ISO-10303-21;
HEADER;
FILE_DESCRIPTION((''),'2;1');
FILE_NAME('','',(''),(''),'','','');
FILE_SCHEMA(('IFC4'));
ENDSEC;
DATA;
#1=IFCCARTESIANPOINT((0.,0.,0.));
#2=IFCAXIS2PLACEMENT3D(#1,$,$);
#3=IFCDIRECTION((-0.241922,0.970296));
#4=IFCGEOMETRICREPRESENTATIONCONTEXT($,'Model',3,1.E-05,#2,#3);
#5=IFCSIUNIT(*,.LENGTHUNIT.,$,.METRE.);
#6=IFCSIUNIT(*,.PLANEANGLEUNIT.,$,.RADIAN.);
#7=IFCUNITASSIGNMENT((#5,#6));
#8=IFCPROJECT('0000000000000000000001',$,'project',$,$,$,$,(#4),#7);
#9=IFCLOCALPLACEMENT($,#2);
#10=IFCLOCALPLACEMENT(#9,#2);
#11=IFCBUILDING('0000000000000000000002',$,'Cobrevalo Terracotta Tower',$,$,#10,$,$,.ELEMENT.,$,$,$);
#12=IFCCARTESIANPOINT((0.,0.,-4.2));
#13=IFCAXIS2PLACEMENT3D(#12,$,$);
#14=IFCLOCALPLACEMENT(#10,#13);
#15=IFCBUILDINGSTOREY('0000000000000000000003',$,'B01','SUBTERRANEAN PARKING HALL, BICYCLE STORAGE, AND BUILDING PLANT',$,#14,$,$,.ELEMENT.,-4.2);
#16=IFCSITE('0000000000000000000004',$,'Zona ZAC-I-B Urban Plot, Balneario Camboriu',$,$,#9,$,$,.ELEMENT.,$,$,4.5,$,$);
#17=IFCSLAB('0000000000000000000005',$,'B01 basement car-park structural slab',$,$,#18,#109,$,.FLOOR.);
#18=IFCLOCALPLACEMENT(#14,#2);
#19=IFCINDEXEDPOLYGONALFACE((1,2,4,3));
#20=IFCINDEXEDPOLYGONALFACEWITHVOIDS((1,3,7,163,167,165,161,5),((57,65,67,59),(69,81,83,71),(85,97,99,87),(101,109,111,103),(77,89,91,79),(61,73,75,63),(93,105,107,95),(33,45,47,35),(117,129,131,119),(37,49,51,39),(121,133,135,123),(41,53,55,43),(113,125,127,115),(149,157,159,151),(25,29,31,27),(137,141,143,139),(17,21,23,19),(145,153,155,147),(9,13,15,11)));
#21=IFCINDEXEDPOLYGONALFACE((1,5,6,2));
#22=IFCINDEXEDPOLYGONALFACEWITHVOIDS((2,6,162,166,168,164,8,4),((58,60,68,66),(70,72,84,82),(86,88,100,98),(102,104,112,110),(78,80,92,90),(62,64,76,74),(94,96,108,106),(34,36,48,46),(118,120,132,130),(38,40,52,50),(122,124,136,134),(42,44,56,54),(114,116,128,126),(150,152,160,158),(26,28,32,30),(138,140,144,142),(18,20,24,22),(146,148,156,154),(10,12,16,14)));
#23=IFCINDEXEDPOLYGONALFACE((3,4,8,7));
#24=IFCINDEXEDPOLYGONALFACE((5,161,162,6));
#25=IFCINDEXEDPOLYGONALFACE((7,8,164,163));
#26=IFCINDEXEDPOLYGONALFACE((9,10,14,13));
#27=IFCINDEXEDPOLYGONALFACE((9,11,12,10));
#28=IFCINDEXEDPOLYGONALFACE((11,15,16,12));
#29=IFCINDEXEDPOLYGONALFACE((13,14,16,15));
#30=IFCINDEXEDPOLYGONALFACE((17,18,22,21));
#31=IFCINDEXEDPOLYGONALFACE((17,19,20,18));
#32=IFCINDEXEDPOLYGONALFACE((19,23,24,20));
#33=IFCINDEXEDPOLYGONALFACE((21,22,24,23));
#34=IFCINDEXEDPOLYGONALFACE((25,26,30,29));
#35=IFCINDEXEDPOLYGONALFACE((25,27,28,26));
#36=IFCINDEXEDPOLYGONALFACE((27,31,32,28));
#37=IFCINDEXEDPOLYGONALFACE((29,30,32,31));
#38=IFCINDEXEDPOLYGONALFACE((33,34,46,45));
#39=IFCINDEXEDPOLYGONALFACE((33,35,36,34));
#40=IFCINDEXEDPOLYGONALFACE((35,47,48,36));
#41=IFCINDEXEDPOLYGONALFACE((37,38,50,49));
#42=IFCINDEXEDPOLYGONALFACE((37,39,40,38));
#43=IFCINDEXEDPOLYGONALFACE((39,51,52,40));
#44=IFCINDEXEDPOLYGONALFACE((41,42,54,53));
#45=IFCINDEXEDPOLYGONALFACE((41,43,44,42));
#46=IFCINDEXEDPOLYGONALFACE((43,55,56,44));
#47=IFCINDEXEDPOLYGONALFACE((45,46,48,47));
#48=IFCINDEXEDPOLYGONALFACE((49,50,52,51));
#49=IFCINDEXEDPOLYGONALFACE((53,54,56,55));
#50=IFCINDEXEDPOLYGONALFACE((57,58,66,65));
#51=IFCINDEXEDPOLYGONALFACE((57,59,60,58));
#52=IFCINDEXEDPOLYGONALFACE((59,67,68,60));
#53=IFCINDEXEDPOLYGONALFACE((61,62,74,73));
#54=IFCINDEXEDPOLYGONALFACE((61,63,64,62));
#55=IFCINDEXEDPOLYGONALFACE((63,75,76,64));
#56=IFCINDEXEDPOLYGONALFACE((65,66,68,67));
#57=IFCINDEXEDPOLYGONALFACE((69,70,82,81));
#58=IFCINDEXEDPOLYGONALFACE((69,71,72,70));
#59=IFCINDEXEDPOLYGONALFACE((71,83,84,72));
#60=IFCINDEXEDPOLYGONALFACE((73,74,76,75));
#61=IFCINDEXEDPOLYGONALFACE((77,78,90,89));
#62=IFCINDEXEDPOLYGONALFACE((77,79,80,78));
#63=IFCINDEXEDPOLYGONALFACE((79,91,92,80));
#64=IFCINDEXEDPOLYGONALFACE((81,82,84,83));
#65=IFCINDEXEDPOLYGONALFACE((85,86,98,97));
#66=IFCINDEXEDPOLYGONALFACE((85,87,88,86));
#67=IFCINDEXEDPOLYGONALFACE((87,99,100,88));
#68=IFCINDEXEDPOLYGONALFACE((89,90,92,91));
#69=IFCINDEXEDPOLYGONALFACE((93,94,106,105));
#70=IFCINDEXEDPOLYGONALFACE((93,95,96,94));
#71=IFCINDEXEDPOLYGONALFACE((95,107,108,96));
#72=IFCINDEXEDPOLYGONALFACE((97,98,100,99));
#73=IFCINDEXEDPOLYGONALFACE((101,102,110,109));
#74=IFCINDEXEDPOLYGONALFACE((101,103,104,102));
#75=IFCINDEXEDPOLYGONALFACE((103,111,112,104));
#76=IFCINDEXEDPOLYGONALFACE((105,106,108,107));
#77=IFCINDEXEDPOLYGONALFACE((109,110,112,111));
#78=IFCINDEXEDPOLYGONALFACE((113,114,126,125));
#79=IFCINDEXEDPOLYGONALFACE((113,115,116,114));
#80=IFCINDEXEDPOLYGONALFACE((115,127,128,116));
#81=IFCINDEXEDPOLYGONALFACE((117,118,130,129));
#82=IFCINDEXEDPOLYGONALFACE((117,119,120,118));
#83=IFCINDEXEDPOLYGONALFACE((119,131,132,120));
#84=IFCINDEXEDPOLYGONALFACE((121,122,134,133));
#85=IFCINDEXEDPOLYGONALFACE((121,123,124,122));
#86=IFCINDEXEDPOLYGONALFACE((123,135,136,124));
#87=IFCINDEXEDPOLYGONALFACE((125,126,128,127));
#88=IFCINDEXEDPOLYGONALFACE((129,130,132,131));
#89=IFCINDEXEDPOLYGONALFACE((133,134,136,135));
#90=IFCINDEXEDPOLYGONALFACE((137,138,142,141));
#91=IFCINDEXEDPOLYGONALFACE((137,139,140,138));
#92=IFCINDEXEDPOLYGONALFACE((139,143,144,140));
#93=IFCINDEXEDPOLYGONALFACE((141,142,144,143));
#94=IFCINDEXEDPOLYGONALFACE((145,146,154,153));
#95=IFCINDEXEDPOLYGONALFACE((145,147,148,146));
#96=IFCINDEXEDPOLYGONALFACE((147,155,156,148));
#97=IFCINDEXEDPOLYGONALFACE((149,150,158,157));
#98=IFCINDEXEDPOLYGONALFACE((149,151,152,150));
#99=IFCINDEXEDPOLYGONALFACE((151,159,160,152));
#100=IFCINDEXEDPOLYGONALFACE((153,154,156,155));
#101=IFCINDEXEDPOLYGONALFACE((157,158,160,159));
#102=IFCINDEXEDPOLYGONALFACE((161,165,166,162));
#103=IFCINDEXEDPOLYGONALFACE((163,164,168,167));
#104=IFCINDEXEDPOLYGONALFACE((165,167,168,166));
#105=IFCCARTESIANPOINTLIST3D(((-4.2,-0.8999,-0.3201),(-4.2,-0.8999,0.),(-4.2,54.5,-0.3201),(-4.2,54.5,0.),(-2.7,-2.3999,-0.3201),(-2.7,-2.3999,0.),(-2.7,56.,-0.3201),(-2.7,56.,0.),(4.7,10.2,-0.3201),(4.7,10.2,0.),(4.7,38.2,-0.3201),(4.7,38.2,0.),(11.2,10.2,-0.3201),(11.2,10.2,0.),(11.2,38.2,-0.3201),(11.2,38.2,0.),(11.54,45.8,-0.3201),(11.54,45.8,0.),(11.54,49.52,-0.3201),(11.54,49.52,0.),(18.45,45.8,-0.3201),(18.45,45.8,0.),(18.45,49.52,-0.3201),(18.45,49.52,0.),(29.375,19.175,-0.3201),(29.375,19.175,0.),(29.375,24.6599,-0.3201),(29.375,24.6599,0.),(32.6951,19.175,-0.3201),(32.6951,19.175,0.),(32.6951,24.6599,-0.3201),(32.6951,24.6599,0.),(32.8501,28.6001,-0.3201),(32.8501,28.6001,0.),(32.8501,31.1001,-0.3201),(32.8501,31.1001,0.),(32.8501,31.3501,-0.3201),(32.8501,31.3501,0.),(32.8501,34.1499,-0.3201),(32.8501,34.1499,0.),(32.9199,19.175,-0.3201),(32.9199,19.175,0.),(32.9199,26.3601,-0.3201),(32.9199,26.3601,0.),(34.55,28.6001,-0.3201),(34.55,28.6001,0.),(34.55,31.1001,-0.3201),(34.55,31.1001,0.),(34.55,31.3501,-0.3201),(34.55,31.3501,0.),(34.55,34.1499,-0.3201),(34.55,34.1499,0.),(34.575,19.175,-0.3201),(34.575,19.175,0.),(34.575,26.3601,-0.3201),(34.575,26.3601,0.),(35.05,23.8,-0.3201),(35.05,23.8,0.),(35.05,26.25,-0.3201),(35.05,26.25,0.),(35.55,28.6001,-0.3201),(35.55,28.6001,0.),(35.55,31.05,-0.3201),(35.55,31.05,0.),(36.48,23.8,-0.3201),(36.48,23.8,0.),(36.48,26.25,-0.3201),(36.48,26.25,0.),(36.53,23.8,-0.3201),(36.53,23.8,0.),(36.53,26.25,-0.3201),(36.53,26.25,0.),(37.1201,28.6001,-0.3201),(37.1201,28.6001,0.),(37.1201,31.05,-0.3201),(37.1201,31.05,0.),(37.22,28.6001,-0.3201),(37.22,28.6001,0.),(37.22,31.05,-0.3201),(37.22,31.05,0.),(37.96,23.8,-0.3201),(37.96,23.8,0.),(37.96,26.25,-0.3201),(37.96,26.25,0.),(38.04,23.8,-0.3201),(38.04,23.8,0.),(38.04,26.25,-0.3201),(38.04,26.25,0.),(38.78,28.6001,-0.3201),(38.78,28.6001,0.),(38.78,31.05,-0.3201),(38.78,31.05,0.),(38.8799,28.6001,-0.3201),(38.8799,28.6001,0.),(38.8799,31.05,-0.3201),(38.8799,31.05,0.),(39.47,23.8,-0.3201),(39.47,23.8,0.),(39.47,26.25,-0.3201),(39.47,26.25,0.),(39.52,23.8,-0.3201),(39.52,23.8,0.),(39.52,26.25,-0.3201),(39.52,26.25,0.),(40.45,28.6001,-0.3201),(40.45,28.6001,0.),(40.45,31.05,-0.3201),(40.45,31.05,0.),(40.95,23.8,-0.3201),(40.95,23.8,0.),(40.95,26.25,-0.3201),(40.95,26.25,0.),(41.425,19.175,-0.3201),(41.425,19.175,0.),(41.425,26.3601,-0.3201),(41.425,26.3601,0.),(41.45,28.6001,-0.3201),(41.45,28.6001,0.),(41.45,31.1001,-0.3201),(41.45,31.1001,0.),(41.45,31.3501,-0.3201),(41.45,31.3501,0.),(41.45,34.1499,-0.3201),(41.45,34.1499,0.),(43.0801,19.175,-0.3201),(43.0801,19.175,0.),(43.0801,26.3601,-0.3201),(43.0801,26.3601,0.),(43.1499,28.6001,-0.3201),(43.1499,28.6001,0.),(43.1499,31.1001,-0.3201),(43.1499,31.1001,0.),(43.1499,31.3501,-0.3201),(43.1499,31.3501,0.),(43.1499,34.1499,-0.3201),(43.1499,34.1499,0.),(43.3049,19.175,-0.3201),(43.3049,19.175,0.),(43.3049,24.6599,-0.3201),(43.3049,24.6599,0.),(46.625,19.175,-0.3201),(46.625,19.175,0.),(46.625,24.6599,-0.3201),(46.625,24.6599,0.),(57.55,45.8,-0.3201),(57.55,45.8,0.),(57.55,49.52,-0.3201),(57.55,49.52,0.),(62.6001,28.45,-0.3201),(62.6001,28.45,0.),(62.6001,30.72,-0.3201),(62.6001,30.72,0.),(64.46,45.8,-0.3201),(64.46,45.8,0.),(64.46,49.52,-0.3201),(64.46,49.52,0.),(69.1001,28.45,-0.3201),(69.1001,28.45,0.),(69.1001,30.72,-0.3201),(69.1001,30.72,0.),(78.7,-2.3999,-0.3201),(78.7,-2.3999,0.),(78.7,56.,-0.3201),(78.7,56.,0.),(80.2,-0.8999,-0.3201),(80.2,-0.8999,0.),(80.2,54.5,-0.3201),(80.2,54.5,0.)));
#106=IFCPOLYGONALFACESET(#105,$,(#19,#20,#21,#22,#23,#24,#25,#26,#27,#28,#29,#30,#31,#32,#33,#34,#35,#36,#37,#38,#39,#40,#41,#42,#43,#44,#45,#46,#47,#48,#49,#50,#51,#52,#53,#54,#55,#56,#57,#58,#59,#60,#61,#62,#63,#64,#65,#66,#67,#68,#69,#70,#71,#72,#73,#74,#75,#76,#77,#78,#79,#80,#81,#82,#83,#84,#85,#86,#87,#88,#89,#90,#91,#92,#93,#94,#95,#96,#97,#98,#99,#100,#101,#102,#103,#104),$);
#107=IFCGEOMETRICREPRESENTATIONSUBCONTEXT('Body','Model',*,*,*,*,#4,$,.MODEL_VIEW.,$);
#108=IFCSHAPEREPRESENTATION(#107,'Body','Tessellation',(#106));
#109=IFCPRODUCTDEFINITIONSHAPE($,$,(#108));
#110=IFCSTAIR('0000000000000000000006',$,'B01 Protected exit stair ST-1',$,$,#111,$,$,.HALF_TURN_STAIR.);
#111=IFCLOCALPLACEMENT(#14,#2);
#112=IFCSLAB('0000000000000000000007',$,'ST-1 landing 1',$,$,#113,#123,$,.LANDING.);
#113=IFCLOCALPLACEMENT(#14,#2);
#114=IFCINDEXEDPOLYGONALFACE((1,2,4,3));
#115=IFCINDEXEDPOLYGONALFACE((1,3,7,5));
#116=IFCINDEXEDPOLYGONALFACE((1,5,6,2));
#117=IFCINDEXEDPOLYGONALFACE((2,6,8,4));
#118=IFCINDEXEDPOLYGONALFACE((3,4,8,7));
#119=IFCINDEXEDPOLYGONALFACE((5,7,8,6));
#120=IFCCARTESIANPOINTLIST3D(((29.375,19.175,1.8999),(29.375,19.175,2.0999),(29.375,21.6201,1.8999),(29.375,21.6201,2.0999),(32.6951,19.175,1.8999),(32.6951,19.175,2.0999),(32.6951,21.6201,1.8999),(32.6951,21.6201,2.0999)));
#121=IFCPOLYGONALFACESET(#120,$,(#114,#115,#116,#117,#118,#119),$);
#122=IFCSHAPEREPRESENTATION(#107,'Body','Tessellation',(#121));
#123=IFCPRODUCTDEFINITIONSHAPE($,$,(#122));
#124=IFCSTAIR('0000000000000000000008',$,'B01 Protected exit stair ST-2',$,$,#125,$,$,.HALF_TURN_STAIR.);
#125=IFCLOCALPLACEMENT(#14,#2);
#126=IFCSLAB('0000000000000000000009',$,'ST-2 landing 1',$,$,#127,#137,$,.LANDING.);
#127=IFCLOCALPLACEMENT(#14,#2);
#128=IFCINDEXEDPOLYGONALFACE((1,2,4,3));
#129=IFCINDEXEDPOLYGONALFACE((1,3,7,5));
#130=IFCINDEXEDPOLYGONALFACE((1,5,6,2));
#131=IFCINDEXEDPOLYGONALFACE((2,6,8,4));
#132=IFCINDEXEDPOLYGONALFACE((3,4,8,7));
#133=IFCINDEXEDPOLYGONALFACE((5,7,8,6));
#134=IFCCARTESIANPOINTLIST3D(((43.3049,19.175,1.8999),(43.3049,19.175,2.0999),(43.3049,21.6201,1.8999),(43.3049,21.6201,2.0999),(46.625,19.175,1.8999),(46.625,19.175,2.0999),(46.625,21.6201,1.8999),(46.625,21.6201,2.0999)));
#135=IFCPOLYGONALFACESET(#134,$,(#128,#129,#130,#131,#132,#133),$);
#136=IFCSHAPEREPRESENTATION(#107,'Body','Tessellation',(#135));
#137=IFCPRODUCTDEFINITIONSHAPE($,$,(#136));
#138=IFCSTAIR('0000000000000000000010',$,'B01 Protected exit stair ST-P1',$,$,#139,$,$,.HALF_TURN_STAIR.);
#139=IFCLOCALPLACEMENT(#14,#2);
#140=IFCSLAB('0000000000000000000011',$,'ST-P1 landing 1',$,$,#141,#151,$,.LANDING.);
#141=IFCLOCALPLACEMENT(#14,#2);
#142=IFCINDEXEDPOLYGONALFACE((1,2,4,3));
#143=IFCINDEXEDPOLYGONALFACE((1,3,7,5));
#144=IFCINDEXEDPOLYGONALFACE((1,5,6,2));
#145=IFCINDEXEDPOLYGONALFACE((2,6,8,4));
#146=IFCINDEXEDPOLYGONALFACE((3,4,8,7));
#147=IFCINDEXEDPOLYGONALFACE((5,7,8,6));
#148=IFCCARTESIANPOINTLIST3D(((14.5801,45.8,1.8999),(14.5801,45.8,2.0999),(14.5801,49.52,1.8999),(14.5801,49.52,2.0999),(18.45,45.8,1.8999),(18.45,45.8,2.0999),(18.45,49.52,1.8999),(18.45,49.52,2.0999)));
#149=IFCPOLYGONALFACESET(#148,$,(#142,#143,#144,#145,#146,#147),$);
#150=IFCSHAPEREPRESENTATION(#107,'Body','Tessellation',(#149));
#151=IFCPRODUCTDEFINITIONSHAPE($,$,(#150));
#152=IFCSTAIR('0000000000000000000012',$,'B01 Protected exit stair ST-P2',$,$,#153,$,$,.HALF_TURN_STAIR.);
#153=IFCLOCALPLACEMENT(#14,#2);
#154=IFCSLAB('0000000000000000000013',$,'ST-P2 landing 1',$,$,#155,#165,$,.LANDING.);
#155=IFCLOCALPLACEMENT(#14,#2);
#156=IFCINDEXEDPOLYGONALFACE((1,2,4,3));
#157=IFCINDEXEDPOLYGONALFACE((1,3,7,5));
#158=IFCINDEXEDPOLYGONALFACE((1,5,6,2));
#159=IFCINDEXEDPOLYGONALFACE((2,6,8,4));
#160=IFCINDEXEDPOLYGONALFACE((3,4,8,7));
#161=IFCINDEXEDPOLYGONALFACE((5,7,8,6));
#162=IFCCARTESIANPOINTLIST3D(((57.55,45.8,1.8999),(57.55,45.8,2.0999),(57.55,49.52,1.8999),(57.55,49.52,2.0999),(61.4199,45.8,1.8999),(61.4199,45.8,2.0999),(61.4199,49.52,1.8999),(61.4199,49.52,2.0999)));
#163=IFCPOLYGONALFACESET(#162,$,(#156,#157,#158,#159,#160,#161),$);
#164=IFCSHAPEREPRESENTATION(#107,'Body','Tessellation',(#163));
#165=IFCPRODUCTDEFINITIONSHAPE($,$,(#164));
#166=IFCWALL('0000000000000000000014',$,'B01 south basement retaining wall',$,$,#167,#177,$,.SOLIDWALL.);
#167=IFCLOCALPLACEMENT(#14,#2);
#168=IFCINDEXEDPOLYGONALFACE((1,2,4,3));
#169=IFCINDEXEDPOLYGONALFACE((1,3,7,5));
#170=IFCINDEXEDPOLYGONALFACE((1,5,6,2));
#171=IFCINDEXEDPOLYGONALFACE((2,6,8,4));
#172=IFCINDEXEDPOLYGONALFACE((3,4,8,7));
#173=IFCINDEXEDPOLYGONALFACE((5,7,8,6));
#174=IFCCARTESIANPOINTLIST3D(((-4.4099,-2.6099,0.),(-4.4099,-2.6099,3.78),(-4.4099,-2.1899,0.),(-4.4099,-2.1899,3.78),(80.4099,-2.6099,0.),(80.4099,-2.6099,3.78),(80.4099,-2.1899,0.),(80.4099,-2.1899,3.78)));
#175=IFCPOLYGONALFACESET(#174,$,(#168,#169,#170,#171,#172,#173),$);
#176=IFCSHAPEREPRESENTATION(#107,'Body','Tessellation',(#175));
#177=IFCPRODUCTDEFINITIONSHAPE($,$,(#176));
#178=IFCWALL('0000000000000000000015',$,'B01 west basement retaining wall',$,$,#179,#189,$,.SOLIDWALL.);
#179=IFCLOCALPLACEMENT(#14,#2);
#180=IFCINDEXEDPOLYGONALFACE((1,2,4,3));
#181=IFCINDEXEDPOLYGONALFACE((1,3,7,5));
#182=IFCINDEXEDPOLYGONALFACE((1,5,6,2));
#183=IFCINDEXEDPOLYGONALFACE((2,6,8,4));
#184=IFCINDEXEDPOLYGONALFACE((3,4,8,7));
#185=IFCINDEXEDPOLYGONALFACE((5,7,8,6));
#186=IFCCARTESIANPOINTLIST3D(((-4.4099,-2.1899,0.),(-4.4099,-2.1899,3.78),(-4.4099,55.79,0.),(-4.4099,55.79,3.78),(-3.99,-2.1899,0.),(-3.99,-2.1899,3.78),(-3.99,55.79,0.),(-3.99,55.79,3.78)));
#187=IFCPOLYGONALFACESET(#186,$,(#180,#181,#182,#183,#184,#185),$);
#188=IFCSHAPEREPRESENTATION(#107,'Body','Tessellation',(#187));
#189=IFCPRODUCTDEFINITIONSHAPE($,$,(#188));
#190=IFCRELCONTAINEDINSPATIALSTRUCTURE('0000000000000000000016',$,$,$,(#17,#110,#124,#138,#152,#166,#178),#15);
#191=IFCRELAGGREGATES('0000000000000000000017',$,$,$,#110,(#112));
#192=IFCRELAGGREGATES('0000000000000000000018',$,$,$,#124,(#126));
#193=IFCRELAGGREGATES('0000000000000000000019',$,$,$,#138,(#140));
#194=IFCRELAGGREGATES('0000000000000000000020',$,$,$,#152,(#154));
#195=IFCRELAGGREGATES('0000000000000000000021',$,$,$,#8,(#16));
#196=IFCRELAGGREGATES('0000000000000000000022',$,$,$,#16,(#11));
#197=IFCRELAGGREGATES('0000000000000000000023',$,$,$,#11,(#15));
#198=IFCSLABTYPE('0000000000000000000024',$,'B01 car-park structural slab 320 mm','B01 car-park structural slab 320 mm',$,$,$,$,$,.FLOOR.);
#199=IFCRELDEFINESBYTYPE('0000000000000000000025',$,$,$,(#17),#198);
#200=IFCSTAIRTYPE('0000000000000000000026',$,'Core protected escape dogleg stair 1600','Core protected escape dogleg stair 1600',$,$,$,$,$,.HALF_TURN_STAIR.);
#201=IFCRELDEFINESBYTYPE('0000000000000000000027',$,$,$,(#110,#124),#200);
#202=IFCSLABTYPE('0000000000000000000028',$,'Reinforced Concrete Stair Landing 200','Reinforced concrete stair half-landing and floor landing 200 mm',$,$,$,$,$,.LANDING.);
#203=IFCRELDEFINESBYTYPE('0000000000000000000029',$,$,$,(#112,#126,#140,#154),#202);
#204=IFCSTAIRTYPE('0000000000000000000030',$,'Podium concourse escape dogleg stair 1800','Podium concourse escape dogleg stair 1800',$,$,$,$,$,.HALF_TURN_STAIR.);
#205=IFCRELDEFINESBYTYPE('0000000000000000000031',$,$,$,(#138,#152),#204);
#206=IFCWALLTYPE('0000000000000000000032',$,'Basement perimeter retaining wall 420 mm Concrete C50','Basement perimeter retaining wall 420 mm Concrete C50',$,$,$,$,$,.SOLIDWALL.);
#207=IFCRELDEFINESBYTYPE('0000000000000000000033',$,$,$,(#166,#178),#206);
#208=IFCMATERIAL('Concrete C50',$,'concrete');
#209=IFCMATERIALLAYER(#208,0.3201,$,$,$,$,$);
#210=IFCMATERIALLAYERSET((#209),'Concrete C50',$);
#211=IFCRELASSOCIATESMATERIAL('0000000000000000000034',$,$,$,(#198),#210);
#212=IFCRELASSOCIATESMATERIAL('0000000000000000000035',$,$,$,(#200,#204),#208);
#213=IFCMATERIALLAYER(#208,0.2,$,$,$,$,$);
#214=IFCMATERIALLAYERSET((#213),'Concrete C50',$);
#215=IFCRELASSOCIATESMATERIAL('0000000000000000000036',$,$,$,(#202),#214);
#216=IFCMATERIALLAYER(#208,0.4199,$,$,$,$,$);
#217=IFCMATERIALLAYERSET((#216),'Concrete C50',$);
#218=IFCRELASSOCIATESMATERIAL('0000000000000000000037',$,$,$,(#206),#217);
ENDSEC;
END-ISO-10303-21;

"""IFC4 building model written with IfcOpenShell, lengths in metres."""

from ifc_helpers import new_model, si_unit, direction, frame, frame_2d, origin, place, context, subcontext, project, spatial, polyline, rectangle, outline, extrude, material, layer, layer_set, type_object, element, aggregate, save


model = new_model("IFC4")

# Units and contexts
model_context = context("Model", 3, precision=1e-05, world=origin(), true_north=direction((-0.241922, 0.970296)))
body_context = subcontext(model_context, "Body", "Model", "MODEL_VIEW")
ifc_project = project(units=[si_unit("LENGTHUNIT", "METRE"), si_unit("PLANEANGLEUNIT", "RADIAN")], contexts=[model_context])

# Site, building, storey
site_placement = place(None, origin())
site = spatial("IfcSite", under=ifc_project, at=site_placement, Name="Zona ZAC-I-B Urban Plot, Balneario Camboriu", CompositionType="ELEMENT", RefElevation=4.5)
building_placement = place(site_placement, origin())
building = spatial("IfcBuilding", under=site, at=building_placement, Name="Cobrevalo Terracotta Tower", CompositionType="ELEMENT")
storey_placement = place(building_placement, frame((0.0, 0.0, -4.2)))
storey = spatial("IfcBuildingStorey", under=building, at=storey_placement, Name="B01", Description="SUBTERRANEAN PARKING HALL, BICYCLE STORAGE, AND BUILDING PLANT", CompositionType="ELEMENT", Elevation=-4.2)

# Shared definitions
ifc_material_1 = material(Name="Concrete C50", Category="concrete")

# Slab
ifc_layer_1 = layer(ifc_material_1, 0.3201)
ifc_layer_set_1 = layer_set([ifc_layer_1], Name="Concrete C50")
slab_type_1 = type_object("IfcSlabType", Name="B01 car-park structural slab 320 mm", Description="B01 car-park structural slab 320 mm", PredefinedType="FLOOR", material=ifc_layer_set_1)
slab_1_placement = place(storey_placement, frame((0.0, 0.0, -0.3201)))
element("IfcSlab", 1, at=slab_1_placement, inside=storey, type_object=slab_type_1, Name="B01 basement car-park structural slab", PredefinedType="FLOOR", context=body_context, shape_type="SweptSolid", body=[
    extrude(outline(polyline([(-4.2, -0.8999), (-4.2, 54.5), (-2.7, 56.0), (78.7, 56.0), (80.2, 54.5), (80.2, -0.8999), (78.7, -2.3999), (-2.7, -2.3999), (-4.2, -0.8999)]), holes=[polyline([(29.375, 19.175), (32.6951, 19.175), (32.6951, 24.6599), (29.375, 24.6599), (29.375, 19.175)]), polyline([(34.575, 19.175), (34.575, 26.3601), (32.9199, 26.3601), (32.9199, 19.175), (34.575, 19.175)]), polyline([(11.2, 10.2), (11.2, 38.2), (4.7, 38.2), (4.7, 10.2), (11.2, 10.2)]), polyline([(36.48, 23.8), (36.48, 26.25), (35.05, 26.25), (35.05, 23.8), (36.48, 23.8)]), polyline([(37.96, 23.8), (37.96, 26.25), (36.53, 26.25), (36.53, 23.8), (37.96, 23.8)]), polyline([(37.1201, 28.6001), (37.1201, 31.05), (35.55, 31.05), (35.55, 28.6001), (37.1201, 28.6001)]), polyline([(38.78, 28.6001), (38.78, 31.05), (37.22, 31.05), (37.22, 28.6001), (38.78, 28.6001)]), polyline([(32.8501, 28.6001), (34.55, 28.6001), (34.55, 31.1001), (32.8501, 31.1001), (32.8501, 28.6001)]), polyline([(32.8501, 31.3501), (34.55, 31.3501), (34.55, 34.1499), (32.8501, 34.1499), (32.8501, 31.3501)]), polyline([(18.45, 45.8), (18.45, 49.52), (11.54, 49.52), (11.54, 45.8), (18.45, 45.8)]), polyline([(43.3049, 19.175), (46.625, 19.175), (46.625, 24.6599), (43.3049, 24.6599), (43.3049, 19.175)]), polyline([(43.0801, 19.175), (43.0801, 26.3601), (41.425, 26.3601), (41.425, 19.175), (43.0801, 19.175)]), polyline([(38.04, 23.8), (39.47, 23.8), (39.47, 26.25), (38.04, 26.25), (38.04, 23.8)]), polyline([(39.52, 23.8), (40.95, 23.8), (40.95, 26.25), (39.52, 26.25), (39.52, 23.8)]), polyline([(69.1001, 28.45), (69.1001, 30.72), (62.6001, 30.72), (62.6001, 28.45), (69.1001, 28.45)]), polyline([(40.45, 28.6001), (40.45, 31.05), (38.8799, 31.05), (38.8799, 28.6001), (40.45, 28.6001)]), polyline([(43.1499, 28.6001), (43.1499, 31.1001), (41.45, 31.1001), (41.45, 28.6001), (43.1499, 28.6001)]), polyline([(41.45, 31.3501), (43.1499, 31.3501), (43.1499, 34.1499), (41.45, 34.1499), (41.45, 31.3501)]), polyline([(64.46, 49.52), (57.55, 49.52), (57.55, 45.8), (64.46, 45.8), (64.46, 49.52)])]), origin(), (0.0, 0.0, 1.0), 0.3201),
])

# Stairs, slabs
stair_type_1 = type_object("IfcStairType", Name="Core protected escape dogleg stair 1600", Description="Core protected escape dogleg stair 1600", PredefinedType="HALF_TURN_STAIR", material=ifc_material_1)
stair_1_placement = place(storey_placement, origin())
stair_1 = element("IfcStair", 2, at=stair_1_placement, inside=storey, type_object=stair_type_1, Name="B01 Protected exit stair ST-1", PredefinedType="HALF_TURN_STAIR")
ifc_layer_2 = layer(ifc_material_1, 0.2)
ifc_layer_set_2 = layer_set([ifc_layer_2], Name="Concrete C50")
slab_type_2 = type_object("IfcSlabType", Name="Reinforced Concrete Stair Landing 200", Description="Reinforced concrete stair half-landing and floor landing 200 mm", PredefinedType="LANDING", material=ifc_layer_set_2)
slab_2_placement = place(storey_placement, frame((0.0, 0.0, 1.8999)))
slab_2 = element("IfcSlab", 3, at=slab_2_placement, type_object=slab_type_2, Name="ST-1 landing 1", PredefinedType="LANDING", context=body_context, shape_type="SweptSolid", body=[
    extrude(outline(polyline([(29.375, 21.6201), (29.375, 19.175), (32.6951, 19.175), (32.6951, 21.6201), (29.375, 21.6201)])), origin(), (0.0, 0.0, 1.0), 0.2),
])
aggregate(stair_1, [slab_2])
stair_2_placement = place(storey_placement, origin())
stair_2 = element("IfcStair", 4, at=stair_2_placement, inside=storey, type_object=stair_type_1, Name="B01 Protected exit stair ST-2", PredefinedType="HALF_TURN_STAIR")
slab_3_placement = place(storey_placement, frame((0.0, 0.0, 1.8999)))
slab_3 = element("IfcSlab", 5, at=slab_3_placement, type_object=slab_type_2, Name="ST-2 landing 1", PredefinedType="LANDING", context=body_context, shape_type="SweptSolid", body=[
    extrude(outline(polyline([(43.3049, 21.6201), (43.3049, 19.175), (46.625, 19.175), (46.625, 21.6201), (43.3049, 21.6201)])), origin(), (0.0, 0.0, 1.0), 0.2),
])
aggregate(stair_2, [slab_3])
stair_type_2 = type_object("IfcStairType", Name="Podium concourse escape dogleg stair 1800", Description="Podium concourse escape dogleg stair 1800", PredefinedType="HALF_TURN_STAIR", material=ifc_material_1)
stair_3_placement = place(storey_placement, origin())
stair_3 = element("IfcStair", 6, at=stair_3_placement, inside=storey, type_object=stair_type_2, Name="B01 Protected exit stair ST-P1", PredefinedType="HALF_TURN_STAIR")
slab_4_placement = place(storey_placement, frame((0.0, 0.0, 1.8999)))
slab_4 = element("IfcSlab", 7, at=slab_4_placement, type_object=slab_type_2, Name="ST-P1 landing 1", PredefinedType="LANDING", context=body_context, shape_type="SweptSolid", body=[
    extrude(outline(polyline([(14.5801, 45.8), (18.45, 45.8), (18.45, 49.52), (14.5801, 49.52), (14.5801, 45.8)])), origin(), (0.0, 0.0, 1.0), 0.2),
])
aggregate(stair_3, [slab_4])
stair_4_placement = place(storey_placement, origin())
stair_4 = element("IfcStair", 8, at=stair_4_placement, inside=storey, type_object=stair_type_2, Name="B01 Protected exit stair ST-P2", PredefinedType="HALF_TURN_STAIR")
slab_5_placement = place(storey_placement, frame((0.0, 0.0, 1.8999)))
slab_5 = element("IfcSlab", 9, at=slab_5_placement, type_object=slab_type_2, Name="ST-P2 landing 1", PredefinedType="LANDING", context=body_context, shape_type="SweptSolid", body=[
    extrude(outline(polyline([(61.4199, 49.52), (57.55, 49.52), (57.55, 45.8), (61.4199, 45.8), (61.4199, 49.52)])), origin(), (0.0, 0.0, 1.0), 0.2),
])
aggregate(stair_4, [slab_5])

# Walls
ifc_layer_3 = layer(ifc_material_1, 0.4199)
ifc_layer_set_3 = layer_set([ifc_layer_3], Name="Concrete C50")
wall_type_1 = type_object("IfcWallType", Name="Basement perimeter retaining wall 420 mm Concrete C50", Description="Basement perimeter retaining wall 420 mm Concrete C50", PredefinedType="SOLIDWALL", material=ifc_layer_set_3)
wall_1_placement = place(storey_placement, frame((-4.4099, -2.3999, 0.0), z_axis=(0.0, 0.0, 1.0), x_axis=(1.0, 0.0, 0.0)))
element("IfcWall", 10, at=wall_1_placement, inside=storey, type_object=wall_type_1, Name="B01 south basement retaining wall", PredefinedType="SOLIDWALL", context=body_context, shape_type="SweptSolid", body=[
    extrude(rectangle(XDim=84.8198, YDim=0.4199, at=frame_2d((42.4099, 0.0))), origin(), (0.0, 0.0, 1.0), 3.78),
])
wall_2_placement = place(storey_placement, frame((-4.2, -2.1899, 0.0), z_axis=(0.0, 0.0, 1.0), x_axis=(0.0, 1.0, 0.0)))
element("IfcWall", 11, at=wall_2_placement, inside=storey, type_object=wall_type_1, Name="B01 west basement retaining wall", PredefinedType="SOLIDWALL", context=body_context, shape_type="SweptSolid", body=[
    extrude(rectangle(XDim=57.98, YDim=0.4199, at=frame_2d((28.99, 0.0))), origin(), (0.0, 0.0, 1.0), 3.78),
])

save(model, "model.ifc")
